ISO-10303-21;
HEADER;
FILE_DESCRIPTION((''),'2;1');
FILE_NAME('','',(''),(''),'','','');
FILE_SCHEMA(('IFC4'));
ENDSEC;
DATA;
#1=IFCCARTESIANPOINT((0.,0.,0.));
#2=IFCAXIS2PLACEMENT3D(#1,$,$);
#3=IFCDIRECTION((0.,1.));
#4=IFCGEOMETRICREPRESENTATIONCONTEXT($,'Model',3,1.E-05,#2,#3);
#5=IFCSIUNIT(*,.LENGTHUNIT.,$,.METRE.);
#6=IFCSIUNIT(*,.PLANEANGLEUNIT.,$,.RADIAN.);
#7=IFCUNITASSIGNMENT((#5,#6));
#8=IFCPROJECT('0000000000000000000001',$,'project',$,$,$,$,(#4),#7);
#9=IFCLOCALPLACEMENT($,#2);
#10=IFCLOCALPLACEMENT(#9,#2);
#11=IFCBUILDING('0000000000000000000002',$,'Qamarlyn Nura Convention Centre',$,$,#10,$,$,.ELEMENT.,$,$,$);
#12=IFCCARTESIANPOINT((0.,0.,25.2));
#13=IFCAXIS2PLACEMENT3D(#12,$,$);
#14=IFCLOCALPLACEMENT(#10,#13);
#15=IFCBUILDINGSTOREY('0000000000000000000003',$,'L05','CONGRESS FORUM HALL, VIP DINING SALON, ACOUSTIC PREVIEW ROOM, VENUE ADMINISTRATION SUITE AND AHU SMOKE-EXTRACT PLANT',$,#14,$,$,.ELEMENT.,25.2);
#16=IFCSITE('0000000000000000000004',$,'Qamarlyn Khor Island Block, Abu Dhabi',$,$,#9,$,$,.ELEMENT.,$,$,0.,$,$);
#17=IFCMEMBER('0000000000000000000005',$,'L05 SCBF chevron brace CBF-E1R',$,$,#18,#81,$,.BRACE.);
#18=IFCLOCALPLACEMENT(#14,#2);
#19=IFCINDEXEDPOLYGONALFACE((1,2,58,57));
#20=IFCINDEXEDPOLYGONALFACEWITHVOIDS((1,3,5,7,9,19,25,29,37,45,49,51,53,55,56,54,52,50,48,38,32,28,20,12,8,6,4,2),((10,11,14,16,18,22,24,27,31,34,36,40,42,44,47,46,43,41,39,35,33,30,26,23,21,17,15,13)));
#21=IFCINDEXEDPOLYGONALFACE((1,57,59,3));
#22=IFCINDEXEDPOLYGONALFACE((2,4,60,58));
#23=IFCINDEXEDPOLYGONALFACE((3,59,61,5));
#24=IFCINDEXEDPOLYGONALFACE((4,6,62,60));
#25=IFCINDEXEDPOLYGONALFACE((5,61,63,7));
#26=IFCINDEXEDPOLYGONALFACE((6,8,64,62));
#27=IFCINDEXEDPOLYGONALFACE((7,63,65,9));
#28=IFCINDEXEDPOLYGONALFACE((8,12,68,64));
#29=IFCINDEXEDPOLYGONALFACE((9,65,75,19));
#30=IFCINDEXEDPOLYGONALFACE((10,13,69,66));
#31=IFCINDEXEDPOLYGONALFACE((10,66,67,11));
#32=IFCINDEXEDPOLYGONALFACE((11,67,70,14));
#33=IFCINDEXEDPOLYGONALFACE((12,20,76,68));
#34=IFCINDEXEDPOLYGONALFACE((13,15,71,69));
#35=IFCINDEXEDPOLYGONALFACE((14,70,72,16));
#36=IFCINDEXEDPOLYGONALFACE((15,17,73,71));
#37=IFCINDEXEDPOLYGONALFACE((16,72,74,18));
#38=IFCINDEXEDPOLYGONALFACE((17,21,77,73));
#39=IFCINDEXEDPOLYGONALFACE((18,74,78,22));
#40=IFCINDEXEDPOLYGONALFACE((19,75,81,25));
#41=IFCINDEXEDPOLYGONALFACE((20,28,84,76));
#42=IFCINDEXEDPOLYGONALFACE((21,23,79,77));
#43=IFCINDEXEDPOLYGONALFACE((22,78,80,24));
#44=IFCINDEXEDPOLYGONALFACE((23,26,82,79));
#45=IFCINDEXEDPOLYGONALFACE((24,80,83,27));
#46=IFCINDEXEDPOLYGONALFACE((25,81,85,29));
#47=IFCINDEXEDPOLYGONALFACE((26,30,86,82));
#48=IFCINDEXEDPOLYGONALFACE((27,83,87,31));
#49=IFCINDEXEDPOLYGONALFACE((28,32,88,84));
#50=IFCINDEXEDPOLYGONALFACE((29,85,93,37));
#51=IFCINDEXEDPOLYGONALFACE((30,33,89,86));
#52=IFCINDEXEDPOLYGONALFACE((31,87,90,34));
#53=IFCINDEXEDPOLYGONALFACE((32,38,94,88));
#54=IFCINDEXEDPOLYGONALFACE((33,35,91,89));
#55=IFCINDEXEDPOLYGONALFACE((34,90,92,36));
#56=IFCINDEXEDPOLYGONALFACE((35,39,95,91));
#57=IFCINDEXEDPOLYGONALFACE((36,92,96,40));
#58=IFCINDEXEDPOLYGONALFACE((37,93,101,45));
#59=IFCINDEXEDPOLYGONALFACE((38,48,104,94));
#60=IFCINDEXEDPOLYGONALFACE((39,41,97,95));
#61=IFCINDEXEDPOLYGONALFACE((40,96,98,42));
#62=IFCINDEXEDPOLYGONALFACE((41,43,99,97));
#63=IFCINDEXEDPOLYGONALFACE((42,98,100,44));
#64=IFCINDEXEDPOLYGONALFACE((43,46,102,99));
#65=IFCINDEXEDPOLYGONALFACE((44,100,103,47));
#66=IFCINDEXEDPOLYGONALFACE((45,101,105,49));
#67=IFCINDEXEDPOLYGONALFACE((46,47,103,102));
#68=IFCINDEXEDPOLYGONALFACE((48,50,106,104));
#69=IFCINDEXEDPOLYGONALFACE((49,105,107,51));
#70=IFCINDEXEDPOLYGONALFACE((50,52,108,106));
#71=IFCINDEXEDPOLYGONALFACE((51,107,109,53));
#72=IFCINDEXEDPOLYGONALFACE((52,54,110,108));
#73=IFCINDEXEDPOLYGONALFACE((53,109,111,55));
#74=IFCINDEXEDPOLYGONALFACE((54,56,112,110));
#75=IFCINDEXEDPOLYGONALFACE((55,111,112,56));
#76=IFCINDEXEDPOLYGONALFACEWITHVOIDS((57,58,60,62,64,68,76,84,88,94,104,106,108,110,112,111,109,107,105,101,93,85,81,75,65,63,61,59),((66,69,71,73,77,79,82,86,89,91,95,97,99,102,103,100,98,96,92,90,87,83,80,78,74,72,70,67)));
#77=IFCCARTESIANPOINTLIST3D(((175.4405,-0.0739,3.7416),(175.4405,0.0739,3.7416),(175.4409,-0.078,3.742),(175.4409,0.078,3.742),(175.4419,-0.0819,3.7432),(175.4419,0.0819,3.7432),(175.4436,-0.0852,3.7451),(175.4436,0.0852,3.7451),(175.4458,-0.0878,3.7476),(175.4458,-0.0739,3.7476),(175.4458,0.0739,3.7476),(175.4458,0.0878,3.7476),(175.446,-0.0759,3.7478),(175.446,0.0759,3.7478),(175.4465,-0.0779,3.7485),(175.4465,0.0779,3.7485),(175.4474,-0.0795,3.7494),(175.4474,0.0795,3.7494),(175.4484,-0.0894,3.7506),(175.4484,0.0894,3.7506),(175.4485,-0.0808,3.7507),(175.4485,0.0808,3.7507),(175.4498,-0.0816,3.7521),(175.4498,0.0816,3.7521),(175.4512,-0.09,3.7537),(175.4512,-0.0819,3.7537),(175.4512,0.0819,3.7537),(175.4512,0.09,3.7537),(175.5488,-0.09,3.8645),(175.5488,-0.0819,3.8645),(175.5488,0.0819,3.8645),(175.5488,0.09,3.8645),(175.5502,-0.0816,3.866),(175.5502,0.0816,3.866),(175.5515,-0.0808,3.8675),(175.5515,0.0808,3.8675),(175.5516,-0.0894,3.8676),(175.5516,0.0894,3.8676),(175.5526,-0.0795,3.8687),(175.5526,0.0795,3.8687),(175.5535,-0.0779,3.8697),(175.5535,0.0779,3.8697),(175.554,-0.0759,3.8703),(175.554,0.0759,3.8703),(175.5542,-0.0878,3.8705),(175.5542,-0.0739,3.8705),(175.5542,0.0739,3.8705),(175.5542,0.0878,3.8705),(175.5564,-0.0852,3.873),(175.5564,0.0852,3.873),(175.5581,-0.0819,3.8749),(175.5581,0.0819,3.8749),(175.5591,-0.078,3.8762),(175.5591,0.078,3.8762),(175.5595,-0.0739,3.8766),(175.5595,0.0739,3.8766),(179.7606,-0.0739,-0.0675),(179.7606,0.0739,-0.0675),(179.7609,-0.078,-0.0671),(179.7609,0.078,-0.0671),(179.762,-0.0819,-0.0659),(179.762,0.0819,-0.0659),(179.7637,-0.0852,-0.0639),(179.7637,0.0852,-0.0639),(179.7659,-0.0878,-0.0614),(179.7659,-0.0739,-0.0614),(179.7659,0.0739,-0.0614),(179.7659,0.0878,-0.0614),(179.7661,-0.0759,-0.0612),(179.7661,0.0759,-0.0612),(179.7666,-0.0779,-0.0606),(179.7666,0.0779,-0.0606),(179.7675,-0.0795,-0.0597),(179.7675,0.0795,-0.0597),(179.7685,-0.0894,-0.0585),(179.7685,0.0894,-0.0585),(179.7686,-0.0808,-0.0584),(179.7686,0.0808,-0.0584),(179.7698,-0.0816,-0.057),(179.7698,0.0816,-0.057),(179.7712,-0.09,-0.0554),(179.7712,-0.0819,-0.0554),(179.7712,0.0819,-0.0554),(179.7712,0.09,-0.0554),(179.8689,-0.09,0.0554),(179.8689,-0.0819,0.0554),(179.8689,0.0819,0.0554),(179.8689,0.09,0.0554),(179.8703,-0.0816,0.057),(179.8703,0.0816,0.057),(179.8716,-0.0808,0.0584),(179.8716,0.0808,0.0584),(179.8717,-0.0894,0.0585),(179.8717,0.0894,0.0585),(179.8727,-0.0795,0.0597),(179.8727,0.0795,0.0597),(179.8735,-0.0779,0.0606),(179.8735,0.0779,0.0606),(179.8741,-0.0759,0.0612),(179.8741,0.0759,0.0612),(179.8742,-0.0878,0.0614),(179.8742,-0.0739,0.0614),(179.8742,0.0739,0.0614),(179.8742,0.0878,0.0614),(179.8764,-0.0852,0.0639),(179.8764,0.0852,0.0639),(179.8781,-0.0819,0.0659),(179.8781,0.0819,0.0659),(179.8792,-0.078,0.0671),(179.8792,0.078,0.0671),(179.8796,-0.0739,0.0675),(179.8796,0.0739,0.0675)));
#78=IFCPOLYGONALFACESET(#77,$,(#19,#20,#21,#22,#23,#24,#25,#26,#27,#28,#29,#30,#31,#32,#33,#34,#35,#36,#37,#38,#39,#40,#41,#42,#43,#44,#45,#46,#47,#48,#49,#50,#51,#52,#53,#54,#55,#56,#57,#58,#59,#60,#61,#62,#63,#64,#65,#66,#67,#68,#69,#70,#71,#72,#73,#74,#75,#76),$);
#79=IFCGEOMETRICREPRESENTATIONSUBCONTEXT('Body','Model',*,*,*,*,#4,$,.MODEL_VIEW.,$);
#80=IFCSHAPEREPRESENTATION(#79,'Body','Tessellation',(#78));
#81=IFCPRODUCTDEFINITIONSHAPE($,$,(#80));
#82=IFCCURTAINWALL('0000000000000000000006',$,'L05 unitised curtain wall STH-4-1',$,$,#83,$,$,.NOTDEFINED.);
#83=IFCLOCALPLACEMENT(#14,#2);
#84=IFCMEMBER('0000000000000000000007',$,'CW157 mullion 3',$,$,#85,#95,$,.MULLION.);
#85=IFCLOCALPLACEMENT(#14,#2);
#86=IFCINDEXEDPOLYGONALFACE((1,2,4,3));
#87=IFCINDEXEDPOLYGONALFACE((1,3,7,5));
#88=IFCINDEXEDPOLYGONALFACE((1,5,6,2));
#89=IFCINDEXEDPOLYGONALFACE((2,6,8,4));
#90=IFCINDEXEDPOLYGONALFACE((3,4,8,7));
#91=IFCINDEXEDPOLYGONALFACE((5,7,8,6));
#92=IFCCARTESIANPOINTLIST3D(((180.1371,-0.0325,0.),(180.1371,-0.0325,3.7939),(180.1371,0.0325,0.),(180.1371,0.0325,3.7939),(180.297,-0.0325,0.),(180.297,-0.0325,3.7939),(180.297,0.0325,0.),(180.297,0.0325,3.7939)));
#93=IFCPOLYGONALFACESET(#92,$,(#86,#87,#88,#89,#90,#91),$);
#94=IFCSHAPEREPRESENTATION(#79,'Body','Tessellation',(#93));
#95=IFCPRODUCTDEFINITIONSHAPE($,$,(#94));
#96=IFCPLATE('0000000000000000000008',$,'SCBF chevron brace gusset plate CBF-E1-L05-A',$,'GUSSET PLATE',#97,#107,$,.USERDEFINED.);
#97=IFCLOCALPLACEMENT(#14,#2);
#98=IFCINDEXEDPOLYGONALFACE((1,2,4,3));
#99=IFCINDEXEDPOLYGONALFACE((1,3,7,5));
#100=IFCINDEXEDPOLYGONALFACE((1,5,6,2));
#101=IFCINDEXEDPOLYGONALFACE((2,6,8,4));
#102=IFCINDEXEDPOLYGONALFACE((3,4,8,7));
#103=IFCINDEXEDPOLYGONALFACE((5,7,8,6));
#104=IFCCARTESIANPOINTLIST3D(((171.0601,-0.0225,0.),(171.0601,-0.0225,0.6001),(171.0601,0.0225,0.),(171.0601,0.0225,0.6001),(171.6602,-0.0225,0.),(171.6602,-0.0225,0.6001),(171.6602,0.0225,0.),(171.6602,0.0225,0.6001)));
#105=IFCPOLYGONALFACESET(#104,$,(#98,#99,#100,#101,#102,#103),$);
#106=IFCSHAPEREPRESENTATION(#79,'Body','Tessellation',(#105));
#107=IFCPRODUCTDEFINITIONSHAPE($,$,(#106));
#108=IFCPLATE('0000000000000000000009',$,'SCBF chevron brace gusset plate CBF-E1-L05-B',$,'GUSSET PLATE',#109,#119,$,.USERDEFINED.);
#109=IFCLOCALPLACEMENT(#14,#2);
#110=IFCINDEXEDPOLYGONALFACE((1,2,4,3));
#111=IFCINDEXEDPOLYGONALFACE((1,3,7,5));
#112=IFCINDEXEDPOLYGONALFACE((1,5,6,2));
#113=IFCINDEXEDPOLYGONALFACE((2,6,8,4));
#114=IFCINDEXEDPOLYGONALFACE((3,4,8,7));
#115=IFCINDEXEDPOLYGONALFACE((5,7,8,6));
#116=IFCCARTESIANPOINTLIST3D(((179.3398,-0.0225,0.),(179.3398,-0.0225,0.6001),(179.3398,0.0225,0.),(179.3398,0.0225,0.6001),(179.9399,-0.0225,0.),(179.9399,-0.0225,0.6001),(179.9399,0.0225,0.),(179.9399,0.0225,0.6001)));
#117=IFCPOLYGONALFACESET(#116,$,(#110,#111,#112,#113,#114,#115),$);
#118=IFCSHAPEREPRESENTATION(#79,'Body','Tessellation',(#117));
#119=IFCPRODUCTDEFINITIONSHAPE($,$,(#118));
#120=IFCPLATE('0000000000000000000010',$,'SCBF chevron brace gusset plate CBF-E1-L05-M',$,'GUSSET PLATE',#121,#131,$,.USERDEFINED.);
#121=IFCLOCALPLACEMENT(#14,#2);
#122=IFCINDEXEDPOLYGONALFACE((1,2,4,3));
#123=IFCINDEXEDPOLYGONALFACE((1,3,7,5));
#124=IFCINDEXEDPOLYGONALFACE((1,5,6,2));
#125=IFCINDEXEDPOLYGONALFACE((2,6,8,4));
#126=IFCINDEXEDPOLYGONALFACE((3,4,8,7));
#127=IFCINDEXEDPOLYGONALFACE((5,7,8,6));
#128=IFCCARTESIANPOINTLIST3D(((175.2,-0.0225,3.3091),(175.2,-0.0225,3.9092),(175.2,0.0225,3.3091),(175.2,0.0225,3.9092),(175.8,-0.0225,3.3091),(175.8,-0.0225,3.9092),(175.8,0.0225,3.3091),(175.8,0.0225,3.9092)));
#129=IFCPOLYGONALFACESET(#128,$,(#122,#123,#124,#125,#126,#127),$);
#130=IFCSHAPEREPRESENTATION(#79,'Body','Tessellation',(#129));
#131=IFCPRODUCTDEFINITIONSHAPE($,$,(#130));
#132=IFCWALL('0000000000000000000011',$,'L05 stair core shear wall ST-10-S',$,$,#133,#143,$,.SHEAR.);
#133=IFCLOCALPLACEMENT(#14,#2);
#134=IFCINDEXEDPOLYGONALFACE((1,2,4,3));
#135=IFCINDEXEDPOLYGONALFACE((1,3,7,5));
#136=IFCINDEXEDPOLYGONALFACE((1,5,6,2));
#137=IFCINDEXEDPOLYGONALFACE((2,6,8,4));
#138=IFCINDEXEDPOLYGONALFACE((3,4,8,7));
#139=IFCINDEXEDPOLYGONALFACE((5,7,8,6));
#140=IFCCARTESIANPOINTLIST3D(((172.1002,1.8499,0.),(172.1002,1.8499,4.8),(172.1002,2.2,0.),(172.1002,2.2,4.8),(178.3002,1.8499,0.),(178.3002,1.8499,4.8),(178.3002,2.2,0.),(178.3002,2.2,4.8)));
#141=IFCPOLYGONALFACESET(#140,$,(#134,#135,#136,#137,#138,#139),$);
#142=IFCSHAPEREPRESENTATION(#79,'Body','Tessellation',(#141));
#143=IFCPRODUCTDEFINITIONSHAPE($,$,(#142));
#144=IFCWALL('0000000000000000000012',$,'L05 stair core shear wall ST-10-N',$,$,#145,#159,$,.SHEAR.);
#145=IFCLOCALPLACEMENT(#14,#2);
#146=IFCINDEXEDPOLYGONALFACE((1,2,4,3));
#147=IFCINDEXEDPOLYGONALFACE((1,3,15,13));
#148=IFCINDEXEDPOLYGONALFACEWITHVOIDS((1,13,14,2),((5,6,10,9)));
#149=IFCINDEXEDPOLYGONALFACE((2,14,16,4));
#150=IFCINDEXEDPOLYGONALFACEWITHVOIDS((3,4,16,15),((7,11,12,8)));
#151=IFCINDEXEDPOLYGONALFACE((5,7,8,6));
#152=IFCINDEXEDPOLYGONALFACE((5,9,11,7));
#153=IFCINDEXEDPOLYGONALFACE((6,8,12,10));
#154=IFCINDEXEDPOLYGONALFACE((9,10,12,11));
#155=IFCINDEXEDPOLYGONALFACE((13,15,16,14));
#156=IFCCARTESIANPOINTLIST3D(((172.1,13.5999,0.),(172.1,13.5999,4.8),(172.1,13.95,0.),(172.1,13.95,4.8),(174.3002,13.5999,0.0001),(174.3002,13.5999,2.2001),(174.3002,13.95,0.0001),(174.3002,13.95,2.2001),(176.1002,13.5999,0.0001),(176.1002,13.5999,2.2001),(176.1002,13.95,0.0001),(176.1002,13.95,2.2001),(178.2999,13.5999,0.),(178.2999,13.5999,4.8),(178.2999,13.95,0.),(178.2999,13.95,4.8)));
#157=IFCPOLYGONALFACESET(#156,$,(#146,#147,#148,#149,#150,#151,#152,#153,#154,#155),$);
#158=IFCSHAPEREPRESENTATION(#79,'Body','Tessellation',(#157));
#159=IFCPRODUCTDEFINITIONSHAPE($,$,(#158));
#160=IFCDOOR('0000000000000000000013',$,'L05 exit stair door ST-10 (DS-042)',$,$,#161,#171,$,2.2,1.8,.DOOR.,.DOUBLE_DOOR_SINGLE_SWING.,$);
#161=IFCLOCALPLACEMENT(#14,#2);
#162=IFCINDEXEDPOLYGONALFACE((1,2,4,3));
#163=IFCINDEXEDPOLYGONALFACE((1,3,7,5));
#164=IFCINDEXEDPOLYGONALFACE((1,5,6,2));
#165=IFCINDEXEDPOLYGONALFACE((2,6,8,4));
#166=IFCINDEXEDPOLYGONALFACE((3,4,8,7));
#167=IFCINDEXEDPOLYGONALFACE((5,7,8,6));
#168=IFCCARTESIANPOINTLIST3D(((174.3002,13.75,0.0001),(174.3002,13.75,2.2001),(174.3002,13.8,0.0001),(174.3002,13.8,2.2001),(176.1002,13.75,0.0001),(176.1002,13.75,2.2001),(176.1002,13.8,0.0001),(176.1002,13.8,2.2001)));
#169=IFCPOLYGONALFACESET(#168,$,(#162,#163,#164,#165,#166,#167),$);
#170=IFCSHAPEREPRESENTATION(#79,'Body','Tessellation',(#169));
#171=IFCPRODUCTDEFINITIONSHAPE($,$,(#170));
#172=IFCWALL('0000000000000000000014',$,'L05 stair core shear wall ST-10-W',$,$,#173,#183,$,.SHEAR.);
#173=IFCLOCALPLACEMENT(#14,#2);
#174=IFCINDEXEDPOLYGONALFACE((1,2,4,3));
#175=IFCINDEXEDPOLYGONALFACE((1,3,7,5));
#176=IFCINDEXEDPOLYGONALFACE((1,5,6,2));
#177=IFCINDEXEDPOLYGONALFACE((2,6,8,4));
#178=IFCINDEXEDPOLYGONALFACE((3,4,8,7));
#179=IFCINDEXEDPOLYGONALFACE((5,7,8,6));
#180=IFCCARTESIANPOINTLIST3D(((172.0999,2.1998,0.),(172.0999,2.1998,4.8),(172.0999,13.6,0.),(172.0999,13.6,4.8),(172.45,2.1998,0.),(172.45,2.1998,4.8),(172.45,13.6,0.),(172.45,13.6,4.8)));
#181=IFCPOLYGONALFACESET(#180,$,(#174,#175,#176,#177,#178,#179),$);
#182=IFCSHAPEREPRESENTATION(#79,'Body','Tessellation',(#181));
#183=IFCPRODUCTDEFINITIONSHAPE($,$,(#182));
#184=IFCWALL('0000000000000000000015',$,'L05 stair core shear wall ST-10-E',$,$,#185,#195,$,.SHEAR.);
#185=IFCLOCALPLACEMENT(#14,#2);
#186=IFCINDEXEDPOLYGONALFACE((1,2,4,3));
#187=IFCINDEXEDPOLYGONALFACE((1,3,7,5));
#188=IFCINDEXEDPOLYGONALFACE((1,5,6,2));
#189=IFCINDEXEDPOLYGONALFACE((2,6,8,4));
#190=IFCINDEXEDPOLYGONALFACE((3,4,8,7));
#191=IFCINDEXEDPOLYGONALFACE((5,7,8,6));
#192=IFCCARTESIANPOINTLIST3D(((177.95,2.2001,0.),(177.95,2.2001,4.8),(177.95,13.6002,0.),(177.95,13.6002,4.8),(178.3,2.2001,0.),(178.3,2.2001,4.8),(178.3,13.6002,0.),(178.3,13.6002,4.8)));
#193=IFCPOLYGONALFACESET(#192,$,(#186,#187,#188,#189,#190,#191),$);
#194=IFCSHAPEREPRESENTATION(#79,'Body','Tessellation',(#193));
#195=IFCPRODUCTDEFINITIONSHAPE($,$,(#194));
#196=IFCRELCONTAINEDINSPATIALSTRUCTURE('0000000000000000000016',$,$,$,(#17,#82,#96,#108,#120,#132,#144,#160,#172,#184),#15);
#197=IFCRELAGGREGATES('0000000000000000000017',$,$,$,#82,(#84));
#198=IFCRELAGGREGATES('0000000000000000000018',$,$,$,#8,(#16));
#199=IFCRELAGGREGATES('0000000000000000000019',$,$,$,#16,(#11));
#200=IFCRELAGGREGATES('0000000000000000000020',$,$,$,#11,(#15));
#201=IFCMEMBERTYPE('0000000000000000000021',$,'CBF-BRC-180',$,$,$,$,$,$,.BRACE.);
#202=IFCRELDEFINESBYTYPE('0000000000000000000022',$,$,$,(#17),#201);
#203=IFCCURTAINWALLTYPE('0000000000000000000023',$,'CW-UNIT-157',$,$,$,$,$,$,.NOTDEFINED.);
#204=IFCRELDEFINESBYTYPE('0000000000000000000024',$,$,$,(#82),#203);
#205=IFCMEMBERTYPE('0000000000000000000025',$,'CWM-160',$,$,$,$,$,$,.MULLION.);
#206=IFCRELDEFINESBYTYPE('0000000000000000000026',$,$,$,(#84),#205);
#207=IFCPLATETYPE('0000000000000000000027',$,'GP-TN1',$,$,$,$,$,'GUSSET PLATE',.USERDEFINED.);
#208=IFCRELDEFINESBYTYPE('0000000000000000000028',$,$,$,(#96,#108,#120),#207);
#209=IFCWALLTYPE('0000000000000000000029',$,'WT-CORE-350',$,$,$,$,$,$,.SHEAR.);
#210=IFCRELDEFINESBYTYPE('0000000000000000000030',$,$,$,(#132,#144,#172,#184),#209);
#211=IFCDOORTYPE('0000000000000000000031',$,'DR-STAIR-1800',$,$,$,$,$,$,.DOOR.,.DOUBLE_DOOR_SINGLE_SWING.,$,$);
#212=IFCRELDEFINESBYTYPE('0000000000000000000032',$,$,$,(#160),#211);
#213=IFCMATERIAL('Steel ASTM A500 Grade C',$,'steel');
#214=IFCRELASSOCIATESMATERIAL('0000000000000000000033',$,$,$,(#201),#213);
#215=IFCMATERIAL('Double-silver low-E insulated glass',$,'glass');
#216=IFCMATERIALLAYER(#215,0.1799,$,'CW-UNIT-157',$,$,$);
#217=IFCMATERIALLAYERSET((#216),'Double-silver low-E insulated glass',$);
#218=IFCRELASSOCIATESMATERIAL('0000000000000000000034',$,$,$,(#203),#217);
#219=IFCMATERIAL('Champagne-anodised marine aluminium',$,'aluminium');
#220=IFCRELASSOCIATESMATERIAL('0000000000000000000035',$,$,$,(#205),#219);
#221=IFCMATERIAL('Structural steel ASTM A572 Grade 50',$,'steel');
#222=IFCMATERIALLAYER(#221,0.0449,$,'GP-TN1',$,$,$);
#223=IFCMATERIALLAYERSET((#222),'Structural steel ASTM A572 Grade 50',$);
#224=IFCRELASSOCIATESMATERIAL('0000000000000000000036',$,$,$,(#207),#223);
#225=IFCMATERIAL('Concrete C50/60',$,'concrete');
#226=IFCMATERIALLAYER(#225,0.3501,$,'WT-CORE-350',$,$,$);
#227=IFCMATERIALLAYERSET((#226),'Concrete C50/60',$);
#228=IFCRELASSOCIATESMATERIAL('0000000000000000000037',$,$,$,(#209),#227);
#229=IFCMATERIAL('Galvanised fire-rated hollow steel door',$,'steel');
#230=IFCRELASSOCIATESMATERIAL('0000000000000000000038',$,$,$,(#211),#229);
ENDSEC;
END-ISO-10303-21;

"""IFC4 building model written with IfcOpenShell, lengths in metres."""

from ifc_helpers import new_model, si_unit, direction, frame, frame_2d, origin, origin_2d, place, context, subcontext, project, spatial, rectangle, hollow_rectangle, extrude, material, layer, layer_set, material_profile, profile_set, type_object, element, fill, aggregate, save


model = new_model("IFC4")

# Units and contexts
model_context = context("Model", 3, precision=1e-05, world=origin(), true_north=direction((0.0, 1.0)))
body_context = subcontext(model_context, "Body", "Model", "MODEL_VIEW")
ifc_project = project(units=[si_unit("LENGTHUNIT", "METRE"), si_unit("PLANEANGLEUNIT", "RADIAN")], contexts=[model_context])

# Site, building, storey
site_placement = place(None, origin())
site = spatial("IfcSite", under=ifc_project, at=site_placement, Name="Qamarlyn Khor Island Block, Abu Dhabi", CompositionType="ELEMENT", RefElevation=0.0)
building_placement = place(site_placement, origin())
building = spatial("IfcBuilding", under=site, at=building_placement, Name="Qamarlyn Nura Convention Centre", CompositionType="ELEMENT")
storey_placement = place(building_placement, frame((0.0, 0.0, 25.2)))
storey = spatial("IfcBuildingStorey", under=building, at=storey_placement, Name="L05", Description="CONGRESS FORUM HALL, VIP DINING SALON, ACOUSTIC PREVIEW ROOM, VENUE ADMINISTRATION SUITE AND AHU SMOKE-EXTRACT PLANT", CompositionType="ELEMENT", Elevation=25.2)

# Shared definitions
ifc_material_1 = material(Name="Steel ASTM A500 Grade C", Category="steel")

# Member
ifc_material_profile_1 = material_profile(ifc_material_1, hollow_rectangle(XDim=0.1799, YDim=0.1799, WallThickness=0.0081, InnerFilletRadius=0.0081, OuterFilletRadius=0.0161, at=origin_2d()), Name="HSS180X180X8")
ifc_profile_set_1 = profile_set([ifc_material_profile_1], Name="Steel ASTM A500 Grade C")
member_type_1 = type_object("IfcMemberType", Name="CBF-BRC-180", PredefinedType="BRACE", material=ifc_profile_set_1)
for number, where, z_axis, x_axis, name in (
    (1, (179.8201, 0.0, 0.0), (-0.750074, 0.0, 0.661354), (0.0, -1.0, 0.0), "L05 SCBF chevron brace CBF-E1R"),
):
    element("IfcMember", number, at=place(storey_placement, frame(where, z_axis=z_axis, x_axis=x_axis)), inside=storey, type_object=member_type_1, Name=name, PredefinedType="BRACE", context=body_context, shape_type="SweptSolid", body=[
        extrude(hollow_rectangle(XDim=0.1799, YDim=0.1799, WallThickness=0.0081, InnerFilletRadius=0.0081, OuterFilletRadius=0.0161, at=origin_2d()), origin(), (0.0, 0.0, 1.0), 5.7595),
    ])

# Curtain wall, member
ifc_material_2 = material(Name="Double-silver low-E insulated glass", Category="glass")
ifc_layer_1 = layer(ifc_material_2, 0.1799, Name="CW-UNIT-157")
ifc_layer_set_1 = layer_set([ifc_layer_1], Name="Double-silver low-E insulated glass")
curtain_wall_type = type_object("IfcCurtainWallType", Name="CW-UNIT-157", PredefinedType="NOTDEFINED", material=ifc_layer_set_1)
curtain_wall_placement = place(storey_placement, origin())
curtain_wall = element("IfcCurtainWall", 2, at=curtain_wall_placement, inside=storey, type_object=curtain_wall_type, Name="L05 unitised curtain wall STH-4-1", PredefinedType="NOTDEFINED")
ifc_material_3 = material(Name="Champagne-anodised marine aluminium", Category="aluminium")
ifc_material_profile_2 = material_profile(ifc_material_3, rectangle(XDim=0.0649, YDim=0.1599, at=origin_2d()), Name="ALU MULLION 65x160")
ifc_profile_set_2 = profile_set([ifc_material_profile_2], Name="Champagne-anodised marine aluminium")
member_type_2 = type_object("IfcMemberType", Name="CWM-160", PredefinedType="MULLION", material=ifc_profile_set_2)
member_placement = place(storey_placement, frame((180.217, 0.0, 0.0), z_axis=(0.0, 0.0, 1.0), x_axis=(0.0, -1.0, 0.0)))
member = element("IfcMember", 3, at=member_placement, type_object=member_type_2, Name="CW157 mullion 3", PredefinedType="MULLION", context=body_context, shape_type="SweptSolid", body=[
    extrude(rectangle(XDim=0.0649, YDim=0.1599, at=origin_2d()), origin(), (0.0, 0.0, 1.0), 3.7939),
])
aggregate(curtain_wall, [member])

# Plates
ifc_material_4 = material(Name="Structural steel ASTM A572 Grade 50", Category="steel")
ifc_layer_2 = layer(ifc_material_4, 0.0449, Name="GP-TN1")
ifc_layer_set_2 = layer_set([ifc_layer_2], Name="Structural steel ASTM A572 Grade 50")
plate_type = type_object("IfcPlateType", Name="GP-TN1", ElementType="GUSSET PLATE", PredefinedType="USERDEFINED", material=ifc_layer_set_2)
for number, where, z_axis, x_axis, name in (
    (4, (171.3601, 0.0, 0.0), (0.0, 0.0, 1.0), (1.0, 0.0, 0.0), "SCBF chevron brace gusset plate CBF-E1-L05-A"),
    (5, (179.6399, 0.0, 0.0), (0.0, 0.0, 1.0), (1.0, 0.0, 0.0), "SCBF chevron brace gusset plate CBF-E1-L05-B"),
    (6, (175.5, 0.0, 3.3091), (0.0, 0.0, 1.0), (1.0, 0.0, 0.0), "SCBF chevron brace gusset plate CBF-E1-L05-M"),
):
    element("IfcPlate", number, at=place(storey_placement, frame(where, z_axis=z_axis, x_axis=x_axis)), inside=storey, type_object=plate_type, Name=name, ObjectType="GUSSET PLATE", PredefinedType="USERDEFINED", context=body_context, shape_type="SweptSolid", body=[
        extrude(rectangle(XDim=0.6001, YDim=0.0449, at=origin_2d()), origin(), (0.0, 0.0, 1.0), 0.6001),
    ])

# Wall
ifc_material_5 = material(Name="Concrete C50/60", Category="concrete")
ifc_layer_3 = layer(ifc_material_5, 0.3501, Name="WT-CORE-350")
ifc_layer_set_3 = layer_set([ifc_layer_3], Name="Concrete C50/60")
wall_type_1 = type_object("IfcWallType", Name="WT-CORE-350", PredefinedType="SHEAR", material=ifc_layer_set_3)
wall_1_placement = place(storey_placement, frame((172.1001, 2.0249, 0.0), z_axis=(0.0, 0.0, 1.0), x_axis=(1.0, 0.0, 0.0)))
element("IfcWall", 7, at=wall_1_placement, inside=storey, type_object=wall_type_1, Name="L05 stair core shear wall ST-10-S", PredefinedType="SHEAR", context=body_context, shape_type="SweptSolid", body=[
    extrude(rectangle(XDim=6.2, YDim=0.3501, at=frame_2d((3.1001, 0.0))), origin(), (0.0, 0.0, 1.0), 4.8),
])

# Wall, opening, door
wall_2_placement = place(storey_placement, frame((178.3, 13.7749, 0.0), z_axis=(0.0, 0.0, 1.0), x_axis=(-1.0, 0.0, 0.0)))
wall_2 = element("IfcWall", 8, at=wall_2_placement, inside=storey, type_object=wall_type_1, Name="L05 stair core shear wall ST-10-N", PredefinedType="SHEAR", context=body_context, shape_type="SweptSolid", body=[
    extrude(rectangle(XDim=6.2, YDim=0.3501, at=frame_2d((3.1001, 0.0))), origin(), (0.0, 0.0, 1.0), 4.8),
])
opening_1_placement = place(wall_2_placement, frame((2.2, 0.0, 0.0)))
opening_1 = element("IfcOpeningElement", 9, at=opening_1_placement, cuts=wall_2, PredefinedType="OPENING", context=body_context, shape_type="SweptSolid", body=[
    extrude(rectangle(XDim=1.8, YDim=2.2, at=frame_2d((0.8999, 1.1001))), frame((0.0, 0.1851, 0.0), z_axis=(0.0, -1.0, 0.0), x_axis=(1.0, 0.0, 0.0)), (0.0, 0.0, 1.0), 0.3701),
])
ifc_material_6 = material(Name="Galvanised fire-rated hollow steel door", Category="steel")
door_type_1 = type_object("IfcDoorType", Name="DR-STAIR-1800", OperationType="DOUBLE_DOOR_SINGLE_SWING", PredefinedType="DOOR", material=ifc_material_6)
door_1_placement = place(opening_1_placement, origin())
door_1 = element("IfcDoor", 10, at=door_1_placement, inside=storey, type_object=door_type_1, Name="L05 exit stair door ST-10 (DS-042)", OperationType="DOUBLE_DOOR_SINGLE_SWING", OverallHeight=2.2, OverallWidth=1.8, PredefinedType="DOOR", context=body_context, shape_type="SweptSolid", body=[
    extrude(rectangle(XDim=1.8, YDim=2.2, at=frame_2d((0.8999, 1.1001))), frame((0.0, 0.0249, 0.0), z_axis=(0.0, -1.0, 0.0), x_axis=(1.0, 0.0, 0.0)), (0.0, 0.0, 1.0), 0.05),
])
fill(opening_1, door_1)

# Walls
for number, where, z_axis, x_axis, name in (
    (11, (172.2749, 13.6001, 0.0), (0.0, 0.0, 1.0), (0.0, -1.0, 0.0), "L05 stair core shear wall ST-10-W"),
    (12, (178.125, 2.2, 0.0), (0.0, 0.0, 1.0), (0.0, 1.0, 0.0), "L05 stair core shear wall ST-10-E"),
):
    element("IfcWall", number, at=place(storey_placement, frame(where, z_axis=z_axis, x_axis=x_axis)), inside=storey, type_object=wall_type_1, Name=name, PredefinedType="SHEAR", context=body_context, shape_type="SweptSolid", body=[
        extrude(rectangle(XDim=11.4001, YDim=0.3501, at=frame_2d((5.7002, 0.0))), origin(), (0.0, 0.0, 1.0), 4.8),
    ])

save(model, "model.ifc")
